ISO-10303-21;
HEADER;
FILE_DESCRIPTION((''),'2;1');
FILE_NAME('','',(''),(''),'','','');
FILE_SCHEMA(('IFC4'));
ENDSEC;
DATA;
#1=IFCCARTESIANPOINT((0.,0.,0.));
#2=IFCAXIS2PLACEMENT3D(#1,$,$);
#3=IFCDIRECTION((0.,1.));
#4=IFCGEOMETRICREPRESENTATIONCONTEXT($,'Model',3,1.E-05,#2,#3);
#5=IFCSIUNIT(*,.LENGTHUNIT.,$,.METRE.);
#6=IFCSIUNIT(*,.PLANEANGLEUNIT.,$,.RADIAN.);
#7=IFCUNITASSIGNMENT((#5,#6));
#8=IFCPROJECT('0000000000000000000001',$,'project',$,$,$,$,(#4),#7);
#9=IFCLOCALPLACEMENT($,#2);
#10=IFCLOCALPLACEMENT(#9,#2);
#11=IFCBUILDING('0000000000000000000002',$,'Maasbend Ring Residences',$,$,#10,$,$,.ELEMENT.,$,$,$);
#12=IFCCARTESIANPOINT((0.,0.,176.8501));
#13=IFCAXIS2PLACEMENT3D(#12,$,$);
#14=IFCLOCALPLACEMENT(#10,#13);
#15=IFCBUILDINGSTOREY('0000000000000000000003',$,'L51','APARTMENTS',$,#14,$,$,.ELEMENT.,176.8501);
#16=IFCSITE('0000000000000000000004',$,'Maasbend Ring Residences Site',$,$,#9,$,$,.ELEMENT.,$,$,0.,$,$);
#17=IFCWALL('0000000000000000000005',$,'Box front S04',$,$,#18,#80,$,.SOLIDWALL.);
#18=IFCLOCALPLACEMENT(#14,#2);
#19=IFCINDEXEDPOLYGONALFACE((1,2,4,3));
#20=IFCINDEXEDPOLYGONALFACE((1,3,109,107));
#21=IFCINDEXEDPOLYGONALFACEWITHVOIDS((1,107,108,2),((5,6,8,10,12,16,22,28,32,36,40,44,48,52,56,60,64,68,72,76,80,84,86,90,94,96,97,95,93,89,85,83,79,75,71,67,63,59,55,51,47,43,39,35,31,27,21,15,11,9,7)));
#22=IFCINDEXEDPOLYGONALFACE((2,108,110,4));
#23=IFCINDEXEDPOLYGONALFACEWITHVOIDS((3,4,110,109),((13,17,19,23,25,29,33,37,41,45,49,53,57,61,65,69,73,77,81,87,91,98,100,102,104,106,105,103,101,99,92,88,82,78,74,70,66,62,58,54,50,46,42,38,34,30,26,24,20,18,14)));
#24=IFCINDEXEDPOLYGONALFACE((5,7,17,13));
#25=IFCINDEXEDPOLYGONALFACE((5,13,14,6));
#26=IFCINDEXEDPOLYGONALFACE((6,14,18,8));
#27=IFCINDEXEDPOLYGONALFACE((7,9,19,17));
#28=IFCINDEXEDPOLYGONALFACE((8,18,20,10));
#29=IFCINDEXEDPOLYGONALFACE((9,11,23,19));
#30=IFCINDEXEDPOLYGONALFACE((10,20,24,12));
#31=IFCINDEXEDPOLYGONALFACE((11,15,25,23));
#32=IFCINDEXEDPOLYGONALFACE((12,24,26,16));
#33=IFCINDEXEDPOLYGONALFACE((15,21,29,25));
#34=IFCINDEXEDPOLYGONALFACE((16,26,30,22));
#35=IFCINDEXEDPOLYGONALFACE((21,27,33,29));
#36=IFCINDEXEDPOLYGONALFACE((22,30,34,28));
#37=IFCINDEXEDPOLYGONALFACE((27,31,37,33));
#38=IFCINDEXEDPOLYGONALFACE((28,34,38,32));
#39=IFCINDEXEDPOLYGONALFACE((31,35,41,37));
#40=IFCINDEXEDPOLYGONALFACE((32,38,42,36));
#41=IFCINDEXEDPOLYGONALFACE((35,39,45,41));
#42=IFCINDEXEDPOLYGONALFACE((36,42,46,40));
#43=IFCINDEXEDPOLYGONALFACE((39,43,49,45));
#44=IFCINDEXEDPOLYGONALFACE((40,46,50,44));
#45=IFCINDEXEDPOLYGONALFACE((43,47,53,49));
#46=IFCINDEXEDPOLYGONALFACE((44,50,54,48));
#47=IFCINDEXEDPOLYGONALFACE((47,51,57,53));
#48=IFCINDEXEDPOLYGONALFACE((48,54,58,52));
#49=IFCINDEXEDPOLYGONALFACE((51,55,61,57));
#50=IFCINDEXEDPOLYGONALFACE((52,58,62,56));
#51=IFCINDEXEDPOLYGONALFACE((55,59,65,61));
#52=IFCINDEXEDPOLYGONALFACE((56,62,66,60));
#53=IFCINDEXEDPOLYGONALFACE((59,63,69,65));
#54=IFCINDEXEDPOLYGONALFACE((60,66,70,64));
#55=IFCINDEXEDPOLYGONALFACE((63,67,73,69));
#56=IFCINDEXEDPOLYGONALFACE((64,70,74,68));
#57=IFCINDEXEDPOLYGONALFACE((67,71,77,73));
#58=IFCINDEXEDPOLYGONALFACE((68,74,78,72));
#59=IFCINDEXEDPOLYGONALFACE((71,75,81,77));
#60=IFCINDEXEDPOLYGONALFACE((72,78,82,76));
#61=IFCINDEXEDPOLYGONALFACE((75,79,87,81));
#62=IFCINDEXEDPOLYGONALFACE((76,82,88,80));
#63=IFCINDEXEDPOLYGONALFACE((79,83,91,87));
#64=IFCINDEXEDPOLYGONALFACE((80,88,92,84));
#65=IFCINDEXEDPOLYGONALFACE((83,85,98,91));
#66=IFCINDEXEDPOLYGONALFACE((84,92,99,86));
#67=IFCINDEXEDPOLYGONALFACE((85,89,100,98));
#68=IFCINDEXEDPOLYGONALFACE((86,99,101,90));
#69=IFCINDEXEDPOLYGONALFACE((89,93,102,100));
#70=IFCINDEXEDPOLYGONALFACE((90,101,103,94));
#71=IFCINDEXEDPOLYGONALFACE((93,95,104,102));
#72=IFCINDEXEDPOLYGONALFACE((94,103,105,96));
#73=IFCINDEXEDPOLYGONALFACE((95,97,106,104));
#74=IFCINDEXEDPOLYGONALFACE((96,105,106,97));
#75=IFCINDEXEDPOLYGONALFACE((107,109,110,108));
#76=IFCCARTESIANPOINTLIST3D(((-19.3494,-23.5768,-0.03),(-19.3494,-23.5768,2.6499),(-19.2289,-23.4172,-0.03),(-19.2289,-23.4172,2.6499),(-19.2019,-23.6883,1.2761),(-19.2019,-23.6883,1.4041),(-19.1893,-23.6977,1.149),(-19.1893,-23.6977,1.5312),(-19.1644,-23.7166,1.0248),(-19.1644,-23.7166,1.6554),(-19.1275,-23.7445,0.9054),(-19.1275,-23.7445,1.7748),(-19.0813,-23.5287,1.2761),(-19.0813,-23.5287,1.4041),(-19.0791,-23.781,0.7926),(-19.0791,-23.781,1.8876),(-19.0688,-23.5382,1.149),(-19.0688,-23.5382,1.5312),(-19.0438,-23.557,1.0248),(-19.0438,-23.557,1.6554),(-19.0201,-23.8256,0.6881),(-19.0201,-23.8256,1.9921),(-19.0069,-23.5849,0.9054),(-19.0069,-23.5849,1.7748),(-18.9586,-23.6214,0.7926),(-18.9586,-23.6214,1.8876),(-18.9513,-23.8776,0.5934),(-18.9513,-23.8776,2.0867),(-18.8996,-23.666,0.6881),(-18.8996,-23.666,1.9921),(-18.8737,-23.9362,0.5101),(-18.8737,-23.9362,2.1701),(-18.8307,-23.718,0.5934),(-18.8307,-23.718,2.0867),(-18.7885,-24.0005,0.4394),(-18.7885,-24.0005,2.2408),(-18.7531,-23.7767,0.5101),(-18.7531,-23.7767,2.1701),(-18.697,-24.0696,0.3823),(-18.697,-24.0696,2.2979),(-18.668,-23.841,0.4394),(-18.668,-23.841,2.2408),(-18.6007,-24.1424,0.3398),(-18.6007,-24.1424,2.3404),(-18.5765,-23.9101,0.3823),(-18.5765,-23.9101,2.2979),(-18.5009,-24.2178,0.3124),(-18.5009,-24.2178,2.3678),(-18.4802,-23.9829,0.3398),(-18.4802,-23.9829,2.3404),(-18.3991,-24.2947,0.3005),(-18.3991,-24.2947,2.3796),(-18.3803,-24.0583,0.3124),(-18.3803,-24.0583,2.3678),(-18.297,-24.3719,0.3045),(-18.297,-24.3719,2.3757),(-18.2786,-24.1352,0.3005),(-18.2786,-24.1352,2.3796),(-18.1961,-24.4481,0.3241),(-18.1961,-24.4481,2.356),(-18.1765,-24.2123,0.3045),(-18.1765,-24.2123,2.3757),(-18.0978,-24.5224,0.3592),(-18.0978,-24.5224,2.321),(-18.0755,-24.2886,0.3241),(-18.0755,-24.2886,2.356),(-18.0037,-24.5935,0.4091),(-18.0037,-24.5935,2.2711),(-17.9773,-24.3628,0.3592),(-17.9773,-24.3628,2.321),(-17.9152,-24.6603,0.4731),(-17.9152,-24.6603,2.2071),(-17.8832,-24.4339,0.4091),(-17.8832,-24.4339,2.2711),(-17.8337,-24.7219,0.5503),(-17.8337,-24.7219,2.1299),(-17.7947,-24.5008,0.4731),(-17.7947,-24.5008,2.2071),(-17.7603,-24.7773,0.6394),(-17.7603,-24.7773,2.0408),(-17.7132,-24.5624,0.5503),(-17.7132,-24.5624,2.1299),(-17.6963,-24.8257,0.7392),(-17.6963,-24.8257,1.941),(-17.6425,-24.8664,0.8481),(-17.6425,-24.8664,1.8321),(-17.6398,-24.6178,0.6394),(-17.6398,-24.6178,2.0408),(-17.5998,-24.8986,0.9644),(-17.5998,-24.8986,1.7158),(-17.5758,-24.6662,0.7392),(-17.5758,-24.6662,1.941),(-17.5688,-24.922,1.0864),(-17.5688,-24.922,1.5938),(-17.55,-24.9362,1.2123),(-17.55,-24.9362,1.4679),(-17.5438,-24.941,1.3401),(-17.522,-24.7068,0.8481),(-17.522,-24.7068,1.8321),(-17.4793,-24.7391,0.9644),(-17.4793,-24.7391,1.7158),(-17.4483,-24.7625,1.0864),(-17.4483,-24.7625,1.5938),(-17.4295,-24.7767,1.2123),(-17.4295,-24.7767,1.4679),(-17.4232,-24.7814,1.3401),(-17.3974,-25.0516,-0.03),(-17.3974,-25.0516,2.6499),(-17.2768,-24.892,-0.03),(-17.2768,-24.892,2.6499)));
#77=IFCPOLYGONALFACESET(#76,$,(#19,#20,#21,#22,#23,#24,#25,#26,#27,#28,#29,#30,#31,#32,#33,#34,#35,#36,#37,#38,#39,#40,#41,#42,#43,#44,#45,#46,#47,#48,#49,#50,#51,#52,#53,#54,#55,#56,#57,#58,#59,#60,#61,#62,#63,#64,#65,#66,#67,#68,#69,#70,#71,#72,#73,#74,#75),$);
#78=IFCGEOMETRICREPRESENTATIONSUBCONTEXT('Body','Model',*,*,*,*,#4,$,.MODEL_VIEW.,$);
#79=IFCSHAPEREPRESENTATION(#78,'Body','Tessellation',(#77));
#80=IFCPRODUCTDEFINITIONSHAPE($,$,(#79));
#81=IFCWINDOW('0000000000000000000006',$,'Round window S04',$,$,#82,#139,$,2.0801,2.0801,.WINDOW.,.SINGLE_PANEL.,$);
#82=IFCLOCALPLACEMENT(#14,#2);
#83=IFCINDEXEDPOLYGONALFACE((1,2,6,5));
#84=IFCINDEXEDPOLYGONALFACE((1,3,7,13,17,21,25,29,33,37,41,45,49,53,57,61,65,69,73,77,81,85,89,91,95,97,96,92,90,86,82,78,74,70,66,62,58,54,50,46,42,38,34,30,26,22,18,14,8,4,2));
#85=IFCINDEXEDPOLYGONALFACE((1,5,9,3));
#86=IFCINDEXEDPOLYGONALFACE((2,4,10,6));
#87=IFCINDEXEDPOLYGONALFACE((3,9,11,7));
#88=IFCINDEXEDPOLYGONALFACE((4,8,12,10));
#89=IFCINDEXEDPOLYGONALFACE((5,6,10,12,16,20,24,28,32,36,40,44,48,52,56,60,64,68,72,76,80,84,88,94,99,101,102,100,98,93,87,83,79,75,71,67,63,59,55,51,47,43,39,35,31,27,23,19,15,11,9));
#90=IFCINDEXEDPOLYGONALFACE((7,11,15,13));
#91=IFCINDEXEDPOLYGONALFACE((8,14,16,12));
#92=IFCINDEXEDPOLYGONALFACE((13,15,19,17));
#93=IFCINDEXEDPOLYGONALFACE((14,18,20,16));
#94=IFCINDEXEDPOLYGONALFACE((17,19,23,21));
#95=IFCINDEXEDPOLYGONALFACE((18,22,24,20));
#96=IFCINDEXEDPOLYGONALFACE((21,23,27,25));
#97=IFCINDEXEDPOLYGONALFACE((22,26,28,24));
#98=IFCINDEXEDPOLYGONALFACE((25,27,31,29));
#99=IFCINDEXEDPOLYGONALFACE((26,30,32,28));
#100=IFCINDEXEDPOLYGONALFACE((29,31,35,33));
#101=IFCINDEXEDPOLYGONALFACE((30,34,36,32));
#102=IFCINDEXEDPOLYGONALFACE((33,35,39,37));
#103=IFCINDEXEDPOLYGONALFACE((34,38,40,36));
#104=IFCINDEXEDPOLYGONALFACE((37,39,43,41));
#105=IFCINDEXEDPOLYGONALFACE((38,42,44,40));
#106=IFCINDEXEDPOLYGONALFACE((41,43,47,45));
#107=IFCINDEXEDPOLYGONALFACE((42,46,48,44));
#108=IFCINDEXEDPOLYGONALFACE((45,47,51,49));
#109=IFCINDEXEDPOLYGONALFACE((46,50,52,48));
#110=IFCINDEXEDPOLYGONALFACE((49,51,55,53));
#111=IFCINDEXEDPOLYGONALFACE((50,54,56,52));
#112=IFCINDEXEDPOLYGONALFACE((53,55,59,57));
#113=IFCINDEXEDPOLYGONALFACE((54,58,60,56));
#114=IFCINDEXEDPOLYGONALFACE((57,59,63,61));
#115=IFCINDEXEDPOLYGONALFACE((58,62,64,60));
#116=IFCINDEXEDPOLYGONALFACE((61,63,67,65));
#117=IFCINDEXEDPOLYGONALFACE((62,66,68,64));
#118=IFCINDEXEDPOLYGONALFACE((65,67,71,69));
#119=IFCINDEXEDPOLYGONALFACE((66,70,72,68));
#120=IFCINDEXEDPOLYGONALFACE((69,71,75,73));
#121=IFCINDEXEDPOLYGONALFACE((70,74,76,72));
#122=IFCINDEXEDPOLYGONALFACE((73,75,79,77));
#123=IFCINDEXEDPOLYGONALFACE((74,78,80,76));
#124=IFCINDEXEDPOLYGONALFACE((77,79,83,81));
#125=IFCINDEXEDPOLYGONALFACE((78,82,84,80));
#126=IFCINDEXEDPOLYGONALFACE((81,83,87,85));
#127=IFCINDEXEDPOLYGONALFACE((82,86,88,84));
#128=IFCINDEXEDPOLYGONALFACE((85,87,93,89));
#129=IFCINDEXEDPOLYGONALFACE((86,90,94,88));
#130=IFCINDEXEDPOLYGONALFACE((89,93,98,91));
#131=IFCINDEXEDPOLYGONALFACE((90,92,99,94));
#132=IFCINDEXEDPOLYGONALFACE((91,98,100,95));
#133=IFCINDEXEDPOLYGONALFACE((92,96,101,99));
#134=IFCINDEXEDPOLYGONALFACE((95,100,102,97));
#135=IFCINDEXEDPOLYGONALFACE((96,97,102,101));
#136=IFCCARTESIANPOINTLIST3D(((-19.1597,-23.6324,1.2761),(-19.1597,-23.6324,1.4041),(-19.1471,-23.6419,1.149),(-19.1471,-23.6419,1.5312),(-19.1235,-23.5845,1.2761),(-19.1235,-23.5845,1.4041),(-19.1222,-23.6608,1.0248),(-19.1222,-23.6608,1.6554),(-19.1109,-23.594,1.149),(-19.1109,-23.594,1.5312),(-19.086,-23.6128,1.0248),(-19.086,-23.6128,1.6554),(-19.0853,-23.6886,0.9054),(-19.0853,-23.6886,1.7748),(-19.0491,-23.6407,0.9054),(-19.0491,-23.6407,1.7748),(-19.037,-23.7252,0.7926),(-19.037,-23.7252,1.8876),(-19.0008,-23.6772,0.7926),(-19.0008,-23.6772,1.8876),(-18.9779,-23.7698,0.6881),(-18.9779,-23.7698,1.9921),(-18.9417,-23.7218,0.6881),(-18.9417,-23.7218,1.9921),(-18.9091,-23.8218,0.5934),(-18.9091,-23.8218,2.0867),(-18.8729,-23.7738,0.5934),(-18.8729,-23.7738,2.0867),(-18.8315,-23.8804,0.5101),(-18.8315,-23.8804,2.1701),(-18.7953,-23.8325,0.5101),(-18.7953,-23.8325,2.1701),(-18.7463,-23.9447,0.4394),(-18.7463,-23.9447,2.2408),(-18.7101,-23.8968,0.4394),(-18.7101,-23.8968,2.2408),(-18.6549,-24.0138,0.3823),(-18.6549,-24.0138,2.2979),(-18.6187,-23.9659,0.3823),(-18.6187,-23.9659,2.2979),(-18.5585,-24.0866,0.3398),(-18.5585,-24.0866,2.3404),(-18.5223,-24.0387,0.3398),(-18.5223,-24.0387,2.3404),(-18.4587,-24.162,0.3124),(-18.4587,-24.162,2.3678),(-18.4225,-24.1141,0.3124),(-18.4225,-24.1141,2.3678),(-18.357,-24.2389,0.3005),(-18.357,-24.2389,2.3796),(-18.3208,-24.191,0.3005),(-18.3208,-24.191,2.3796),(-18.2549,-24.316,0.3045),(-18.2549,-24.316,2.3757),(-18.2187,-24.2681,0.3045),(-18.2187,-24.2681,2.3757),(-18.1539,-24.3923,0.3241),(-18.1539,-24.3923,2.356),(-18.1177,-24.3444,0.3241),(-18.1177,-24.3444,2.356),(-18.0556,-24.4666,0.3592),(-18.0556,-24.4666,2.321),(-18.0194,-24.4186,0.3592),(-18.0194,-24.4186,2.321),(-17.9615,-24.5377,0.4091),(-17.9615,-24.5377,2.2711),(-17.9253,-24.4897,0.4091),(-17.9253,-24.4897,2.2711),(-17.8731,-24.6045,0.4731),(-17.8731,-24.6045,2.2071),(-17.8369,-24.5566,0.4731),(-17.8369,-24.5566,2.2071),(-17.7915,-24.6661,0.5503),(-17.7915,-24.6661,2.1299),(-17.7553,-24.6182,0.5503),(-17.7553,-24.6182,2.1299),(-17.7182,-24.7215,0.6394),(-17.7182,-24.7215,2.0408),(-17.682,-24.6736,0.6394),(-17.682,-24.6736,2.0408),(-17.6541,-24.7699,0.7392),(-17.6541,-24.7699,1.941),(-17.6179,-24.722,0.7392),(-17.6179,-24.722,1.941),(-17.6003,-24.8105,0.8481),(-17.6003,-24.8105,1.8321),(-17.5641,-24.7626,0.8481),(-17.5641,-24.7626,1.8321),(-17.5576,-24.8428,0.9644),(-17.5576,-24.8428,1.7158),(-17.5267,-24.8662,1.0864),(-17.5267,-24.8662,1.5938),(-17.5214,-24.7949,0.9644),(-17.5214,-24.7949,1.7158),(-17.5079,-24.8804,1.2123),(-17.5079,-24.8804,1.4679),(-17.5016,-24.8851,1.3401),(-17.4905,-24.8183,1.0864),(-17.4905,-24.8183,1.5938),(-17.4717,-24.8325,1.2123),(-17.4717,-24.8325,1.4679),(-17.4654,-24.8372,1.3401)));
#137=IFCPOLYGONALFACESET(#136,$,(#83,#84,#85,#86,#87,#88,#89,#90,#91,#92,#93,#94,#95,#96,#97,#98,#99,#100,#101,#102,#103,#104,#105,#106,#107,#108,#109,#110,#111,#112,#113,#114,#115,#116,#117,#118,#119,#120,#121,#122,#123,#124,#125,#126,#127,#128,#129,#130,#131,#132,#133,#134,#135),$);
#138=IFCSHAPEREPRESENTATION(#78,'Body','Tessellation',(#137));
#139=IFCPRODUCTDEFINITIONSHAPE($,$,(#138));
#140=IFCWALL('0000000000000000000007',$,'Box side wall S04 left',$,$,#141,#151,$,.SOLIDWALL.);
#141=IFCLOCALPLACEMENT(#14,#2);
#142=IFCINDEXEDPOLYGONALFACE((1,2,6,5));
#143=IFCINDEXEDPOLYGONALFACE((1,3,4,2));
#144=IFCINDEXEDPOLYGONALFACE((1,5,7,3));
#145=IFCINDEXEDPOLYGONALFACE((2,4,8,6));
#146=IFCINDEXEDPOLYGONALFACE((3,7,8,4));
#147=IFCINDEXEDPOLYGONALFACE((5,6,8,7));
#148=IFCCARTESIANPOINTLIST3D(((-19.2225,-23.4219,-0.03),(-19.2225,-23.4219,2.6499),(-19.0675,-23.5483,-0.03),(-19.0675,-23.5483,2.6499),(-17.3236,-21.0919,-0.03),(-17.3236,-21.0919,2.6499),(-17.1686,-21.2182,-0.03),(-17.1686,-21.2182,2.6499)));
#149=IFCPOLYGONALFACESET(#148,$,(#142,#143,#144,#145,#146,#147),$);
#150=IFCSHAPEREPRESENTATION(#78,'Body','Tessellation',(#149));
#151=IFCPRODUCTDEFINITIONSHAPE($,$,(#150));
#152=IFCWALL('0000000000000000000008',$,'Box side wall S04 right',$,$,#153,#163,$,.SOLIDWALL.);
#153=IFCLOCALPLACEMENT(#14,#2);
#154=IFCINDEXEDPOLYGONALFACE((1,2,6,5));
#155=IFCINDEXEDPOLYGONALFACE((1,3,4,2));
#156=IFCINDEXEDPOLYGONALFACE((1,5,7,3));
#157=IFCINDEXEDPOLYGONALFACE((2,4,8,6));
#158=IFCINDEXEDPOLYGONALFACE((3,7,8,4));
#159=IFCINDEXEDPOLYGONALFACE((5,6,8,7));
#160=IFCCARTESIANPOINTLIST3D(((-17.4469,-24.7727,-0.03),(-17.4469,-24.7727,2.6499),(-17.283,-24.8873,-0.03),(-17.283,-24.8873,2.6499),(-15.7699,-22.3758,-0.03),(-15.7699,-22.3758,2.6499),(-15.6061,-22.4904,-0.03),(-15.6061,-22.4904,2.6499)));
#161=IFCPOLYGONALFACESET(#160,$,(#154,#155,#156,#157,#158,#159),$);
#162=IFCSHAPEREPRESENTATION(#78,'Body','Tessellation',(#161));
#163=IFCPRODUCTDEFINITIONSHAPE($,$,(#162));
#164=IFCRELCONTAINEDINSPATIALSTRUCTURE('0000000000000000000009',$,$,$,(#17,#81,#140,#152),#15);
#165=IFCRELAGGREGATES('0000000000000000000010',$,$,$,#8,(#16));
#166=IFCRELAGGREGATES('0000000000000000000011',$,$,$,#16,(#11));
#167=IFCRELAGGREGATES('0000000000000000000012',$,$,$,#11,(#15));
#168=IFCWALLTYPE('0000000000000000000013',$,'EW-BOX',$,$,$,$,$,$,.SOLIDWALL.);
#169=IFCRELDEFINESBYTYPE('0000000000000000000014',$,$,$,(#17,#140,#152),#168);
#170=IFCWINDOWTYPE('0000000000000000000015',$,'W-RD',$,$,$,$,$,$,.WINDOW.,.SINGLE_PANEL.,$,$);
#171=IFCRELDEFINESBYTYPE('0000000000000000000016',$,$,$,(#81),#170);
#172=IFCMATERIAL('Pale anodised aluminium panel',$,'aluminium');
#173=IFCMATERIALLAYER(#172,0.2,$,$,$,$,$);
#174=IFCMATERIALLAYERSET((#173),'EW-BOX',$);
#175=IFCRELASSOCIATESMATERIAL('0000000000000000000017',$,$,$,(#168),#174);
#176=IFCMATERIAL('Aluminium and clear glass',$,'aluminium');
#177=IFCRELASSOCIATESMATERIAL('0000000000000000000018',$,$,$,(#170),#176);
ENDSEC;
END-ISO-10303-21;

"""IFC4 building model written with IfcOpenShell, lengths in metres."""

from ifc_helpers import new_model, si_unit, direction, frame, frame_2d, origin, place, context, subcontext, project, spatial, rectangle, circle, extrude, material, layer, layer_set, type_object, element, fill, save


model = new_model("IFC4")

# Units and contexts
model_context = context("Model", 3, precision=1e-05, world=origin(), true_north=direction((0.0, 1.0)))
body_context = subcontext(model_context, "Body", "Model", "MODEL_VIEW")
ifc_project = project(units=[si_unit("LENGTHUNIT", "METRE"), si_unit("PLANEANGLEUNIT", "RADIAN")], contexts=[model_context])

# Site, building, storey
site_placement = place(None, origin())
site = spatial("IfcSite", under=ifc_project, at=site_placement, Name="Maasbend Ring Residences Site", CompositionType="ELEMENT", RefElevation=0.0)
building_placement = place(site_placement, origin())
building = spatial("IfcBuilding", under=site, at=building_placement, Name="Maasbend Ring Residences", CompositionType="ELEMENT")
storey_placement = place(building_placement, frame((0.0, 0.0, 176.8501)))
storey = spatial("IfcBuildingStorey", under=building, at=storey_placement, Name="L51", Description="APARTMENTS", CompositionType="ELEMENT", Elevation=176.8501)

# Shared definitions
ifc_material_1 = material(Name="Pale anodised aluminium panel", Category="aluminium")
ifc_layer_1 = layer(ifc_material_1, 0.2)
ifc_layer_set_1 = layer_set([ifc_layer_1], Name="EW-BOX")
wall_type_1 = type_object("IfcWallType", Name="EW-BOX", PredefinedType="SOLIDWALL", material=ifc_layer_set_1)

# Wall, opening, window
wall_1_placement = place(storey_placement, frame((-19.2891, -23.4971, -0.03), z_axis=(0.0, 0.0, 1.0), x_axis=(0.797888, -0.602806, 0.0)))
wall_1 = element("IfcWall", 1, at=wall_1_placement, inside=storey, type_object=wall_type_1, Name="Box front S04", PredefinedType="SOLIDWALL", context=body_context, shape_type="SweptSolid", body=[
    extrude(rectangle(XDim=2.4465, YDim=0.2, at=frame_2d((1.2231, 0.0))), origin(), (0.0, 0.0, 1.0), 2.6799),
])
opening_1_placement = place(wall_1_placement, frame((0.1829, 0.0, 0.3301)))
opening_1 = element("IfcOpeningElement", 2, at=opening_1_placement, cuts=wall_1, PredefinedType="OPENING", context=body_context, shape_type="SweptSolid", body=[
    extrude(circle(Radius=1.04, at=frame_2d((1.04, 1.04))), frame((0.0, 0.1099, 0.0), z_axis=(0.0, -1.0, 0.0), x_axis=(1.0, 0.0, 0.0)), (0.0, 0.0, 1.0), 0.22),
])
ifc_material_2 = material(Name="Aluminium and clear glass", Category="aluminium")
window_type_1 = type_object("IfcWindowType", Name="W-RD", PartitioningType="SINGLE_PANEL", PredefinedType="WINDOW", material=ifc_material_2)
window_1_placement = place(opening_1_placement, origin())
window_1 = element("IfcWindow", 3, at=window_1_placement, inside=storey, type_object=window_type_1, Name="Round window S04", OverallHeight=2.0801, OverallWidth=2.0801, PartitioningType="SINGLE_PANEL", PredefinedType="WINDOW", context=body_context, shape_type="SweptSolid", body=[
    extrude(circle(Radius=1.04, at=frame_2d((1.04, 1.04))), frame((0.0, 0.03, 0.0), z_axis=(0.0, -1.0, 0.0), x_axis=(1.0, 0.0, 0.0)), (0.0, 0.0, 1.0), 0.0601),
])
fill(opening_1, window_1)

# Walls
wall_2_placement = place(storey_placement, frame((-17.2461, -21.155, -0.03), z_axis=(0.0, 0.0, 1.0), x_axis=(-0.631742, -0.775179, 0.0)))
element("IfcWall", 4, at=wall_2_placement, inside=storey, type_object=wall_type_1, Name="Box side wall S04 left", PredefinedType="SOLIDWALL", context=body_context, shape_type="SweptSolid", body=[
    extrude(rectangle(XDim=3.0059, YDim=0.2, at=frame_2d((1.5029, 0.0))), origin(), (0.0, 0.0, 1.0), 2.6799),
])
wall_3_placement = place(storey_placement, frame((-15.688, -22.4331, -0.03), z_axis=(0.0, 0.0, 1.0), x_axis=(-0.573261, -0.819373, 0.0)))
element("IfcWall", 5, at=wall_3_placement, inside=storey, type_object=wall_type_1, Name="Box side wall S04 right", PredefinedType="SOLIDWALL", context=body_context, shape_type="SweptSolid", body=[
    extrude(rectangle(XDim=2.9253, YDim=0.2, at=frame_2d((1.4626, 0.0))), origin(), (0.0, 0.0, 1.0), 2.6799),
])

save(model, "model.ifc")
